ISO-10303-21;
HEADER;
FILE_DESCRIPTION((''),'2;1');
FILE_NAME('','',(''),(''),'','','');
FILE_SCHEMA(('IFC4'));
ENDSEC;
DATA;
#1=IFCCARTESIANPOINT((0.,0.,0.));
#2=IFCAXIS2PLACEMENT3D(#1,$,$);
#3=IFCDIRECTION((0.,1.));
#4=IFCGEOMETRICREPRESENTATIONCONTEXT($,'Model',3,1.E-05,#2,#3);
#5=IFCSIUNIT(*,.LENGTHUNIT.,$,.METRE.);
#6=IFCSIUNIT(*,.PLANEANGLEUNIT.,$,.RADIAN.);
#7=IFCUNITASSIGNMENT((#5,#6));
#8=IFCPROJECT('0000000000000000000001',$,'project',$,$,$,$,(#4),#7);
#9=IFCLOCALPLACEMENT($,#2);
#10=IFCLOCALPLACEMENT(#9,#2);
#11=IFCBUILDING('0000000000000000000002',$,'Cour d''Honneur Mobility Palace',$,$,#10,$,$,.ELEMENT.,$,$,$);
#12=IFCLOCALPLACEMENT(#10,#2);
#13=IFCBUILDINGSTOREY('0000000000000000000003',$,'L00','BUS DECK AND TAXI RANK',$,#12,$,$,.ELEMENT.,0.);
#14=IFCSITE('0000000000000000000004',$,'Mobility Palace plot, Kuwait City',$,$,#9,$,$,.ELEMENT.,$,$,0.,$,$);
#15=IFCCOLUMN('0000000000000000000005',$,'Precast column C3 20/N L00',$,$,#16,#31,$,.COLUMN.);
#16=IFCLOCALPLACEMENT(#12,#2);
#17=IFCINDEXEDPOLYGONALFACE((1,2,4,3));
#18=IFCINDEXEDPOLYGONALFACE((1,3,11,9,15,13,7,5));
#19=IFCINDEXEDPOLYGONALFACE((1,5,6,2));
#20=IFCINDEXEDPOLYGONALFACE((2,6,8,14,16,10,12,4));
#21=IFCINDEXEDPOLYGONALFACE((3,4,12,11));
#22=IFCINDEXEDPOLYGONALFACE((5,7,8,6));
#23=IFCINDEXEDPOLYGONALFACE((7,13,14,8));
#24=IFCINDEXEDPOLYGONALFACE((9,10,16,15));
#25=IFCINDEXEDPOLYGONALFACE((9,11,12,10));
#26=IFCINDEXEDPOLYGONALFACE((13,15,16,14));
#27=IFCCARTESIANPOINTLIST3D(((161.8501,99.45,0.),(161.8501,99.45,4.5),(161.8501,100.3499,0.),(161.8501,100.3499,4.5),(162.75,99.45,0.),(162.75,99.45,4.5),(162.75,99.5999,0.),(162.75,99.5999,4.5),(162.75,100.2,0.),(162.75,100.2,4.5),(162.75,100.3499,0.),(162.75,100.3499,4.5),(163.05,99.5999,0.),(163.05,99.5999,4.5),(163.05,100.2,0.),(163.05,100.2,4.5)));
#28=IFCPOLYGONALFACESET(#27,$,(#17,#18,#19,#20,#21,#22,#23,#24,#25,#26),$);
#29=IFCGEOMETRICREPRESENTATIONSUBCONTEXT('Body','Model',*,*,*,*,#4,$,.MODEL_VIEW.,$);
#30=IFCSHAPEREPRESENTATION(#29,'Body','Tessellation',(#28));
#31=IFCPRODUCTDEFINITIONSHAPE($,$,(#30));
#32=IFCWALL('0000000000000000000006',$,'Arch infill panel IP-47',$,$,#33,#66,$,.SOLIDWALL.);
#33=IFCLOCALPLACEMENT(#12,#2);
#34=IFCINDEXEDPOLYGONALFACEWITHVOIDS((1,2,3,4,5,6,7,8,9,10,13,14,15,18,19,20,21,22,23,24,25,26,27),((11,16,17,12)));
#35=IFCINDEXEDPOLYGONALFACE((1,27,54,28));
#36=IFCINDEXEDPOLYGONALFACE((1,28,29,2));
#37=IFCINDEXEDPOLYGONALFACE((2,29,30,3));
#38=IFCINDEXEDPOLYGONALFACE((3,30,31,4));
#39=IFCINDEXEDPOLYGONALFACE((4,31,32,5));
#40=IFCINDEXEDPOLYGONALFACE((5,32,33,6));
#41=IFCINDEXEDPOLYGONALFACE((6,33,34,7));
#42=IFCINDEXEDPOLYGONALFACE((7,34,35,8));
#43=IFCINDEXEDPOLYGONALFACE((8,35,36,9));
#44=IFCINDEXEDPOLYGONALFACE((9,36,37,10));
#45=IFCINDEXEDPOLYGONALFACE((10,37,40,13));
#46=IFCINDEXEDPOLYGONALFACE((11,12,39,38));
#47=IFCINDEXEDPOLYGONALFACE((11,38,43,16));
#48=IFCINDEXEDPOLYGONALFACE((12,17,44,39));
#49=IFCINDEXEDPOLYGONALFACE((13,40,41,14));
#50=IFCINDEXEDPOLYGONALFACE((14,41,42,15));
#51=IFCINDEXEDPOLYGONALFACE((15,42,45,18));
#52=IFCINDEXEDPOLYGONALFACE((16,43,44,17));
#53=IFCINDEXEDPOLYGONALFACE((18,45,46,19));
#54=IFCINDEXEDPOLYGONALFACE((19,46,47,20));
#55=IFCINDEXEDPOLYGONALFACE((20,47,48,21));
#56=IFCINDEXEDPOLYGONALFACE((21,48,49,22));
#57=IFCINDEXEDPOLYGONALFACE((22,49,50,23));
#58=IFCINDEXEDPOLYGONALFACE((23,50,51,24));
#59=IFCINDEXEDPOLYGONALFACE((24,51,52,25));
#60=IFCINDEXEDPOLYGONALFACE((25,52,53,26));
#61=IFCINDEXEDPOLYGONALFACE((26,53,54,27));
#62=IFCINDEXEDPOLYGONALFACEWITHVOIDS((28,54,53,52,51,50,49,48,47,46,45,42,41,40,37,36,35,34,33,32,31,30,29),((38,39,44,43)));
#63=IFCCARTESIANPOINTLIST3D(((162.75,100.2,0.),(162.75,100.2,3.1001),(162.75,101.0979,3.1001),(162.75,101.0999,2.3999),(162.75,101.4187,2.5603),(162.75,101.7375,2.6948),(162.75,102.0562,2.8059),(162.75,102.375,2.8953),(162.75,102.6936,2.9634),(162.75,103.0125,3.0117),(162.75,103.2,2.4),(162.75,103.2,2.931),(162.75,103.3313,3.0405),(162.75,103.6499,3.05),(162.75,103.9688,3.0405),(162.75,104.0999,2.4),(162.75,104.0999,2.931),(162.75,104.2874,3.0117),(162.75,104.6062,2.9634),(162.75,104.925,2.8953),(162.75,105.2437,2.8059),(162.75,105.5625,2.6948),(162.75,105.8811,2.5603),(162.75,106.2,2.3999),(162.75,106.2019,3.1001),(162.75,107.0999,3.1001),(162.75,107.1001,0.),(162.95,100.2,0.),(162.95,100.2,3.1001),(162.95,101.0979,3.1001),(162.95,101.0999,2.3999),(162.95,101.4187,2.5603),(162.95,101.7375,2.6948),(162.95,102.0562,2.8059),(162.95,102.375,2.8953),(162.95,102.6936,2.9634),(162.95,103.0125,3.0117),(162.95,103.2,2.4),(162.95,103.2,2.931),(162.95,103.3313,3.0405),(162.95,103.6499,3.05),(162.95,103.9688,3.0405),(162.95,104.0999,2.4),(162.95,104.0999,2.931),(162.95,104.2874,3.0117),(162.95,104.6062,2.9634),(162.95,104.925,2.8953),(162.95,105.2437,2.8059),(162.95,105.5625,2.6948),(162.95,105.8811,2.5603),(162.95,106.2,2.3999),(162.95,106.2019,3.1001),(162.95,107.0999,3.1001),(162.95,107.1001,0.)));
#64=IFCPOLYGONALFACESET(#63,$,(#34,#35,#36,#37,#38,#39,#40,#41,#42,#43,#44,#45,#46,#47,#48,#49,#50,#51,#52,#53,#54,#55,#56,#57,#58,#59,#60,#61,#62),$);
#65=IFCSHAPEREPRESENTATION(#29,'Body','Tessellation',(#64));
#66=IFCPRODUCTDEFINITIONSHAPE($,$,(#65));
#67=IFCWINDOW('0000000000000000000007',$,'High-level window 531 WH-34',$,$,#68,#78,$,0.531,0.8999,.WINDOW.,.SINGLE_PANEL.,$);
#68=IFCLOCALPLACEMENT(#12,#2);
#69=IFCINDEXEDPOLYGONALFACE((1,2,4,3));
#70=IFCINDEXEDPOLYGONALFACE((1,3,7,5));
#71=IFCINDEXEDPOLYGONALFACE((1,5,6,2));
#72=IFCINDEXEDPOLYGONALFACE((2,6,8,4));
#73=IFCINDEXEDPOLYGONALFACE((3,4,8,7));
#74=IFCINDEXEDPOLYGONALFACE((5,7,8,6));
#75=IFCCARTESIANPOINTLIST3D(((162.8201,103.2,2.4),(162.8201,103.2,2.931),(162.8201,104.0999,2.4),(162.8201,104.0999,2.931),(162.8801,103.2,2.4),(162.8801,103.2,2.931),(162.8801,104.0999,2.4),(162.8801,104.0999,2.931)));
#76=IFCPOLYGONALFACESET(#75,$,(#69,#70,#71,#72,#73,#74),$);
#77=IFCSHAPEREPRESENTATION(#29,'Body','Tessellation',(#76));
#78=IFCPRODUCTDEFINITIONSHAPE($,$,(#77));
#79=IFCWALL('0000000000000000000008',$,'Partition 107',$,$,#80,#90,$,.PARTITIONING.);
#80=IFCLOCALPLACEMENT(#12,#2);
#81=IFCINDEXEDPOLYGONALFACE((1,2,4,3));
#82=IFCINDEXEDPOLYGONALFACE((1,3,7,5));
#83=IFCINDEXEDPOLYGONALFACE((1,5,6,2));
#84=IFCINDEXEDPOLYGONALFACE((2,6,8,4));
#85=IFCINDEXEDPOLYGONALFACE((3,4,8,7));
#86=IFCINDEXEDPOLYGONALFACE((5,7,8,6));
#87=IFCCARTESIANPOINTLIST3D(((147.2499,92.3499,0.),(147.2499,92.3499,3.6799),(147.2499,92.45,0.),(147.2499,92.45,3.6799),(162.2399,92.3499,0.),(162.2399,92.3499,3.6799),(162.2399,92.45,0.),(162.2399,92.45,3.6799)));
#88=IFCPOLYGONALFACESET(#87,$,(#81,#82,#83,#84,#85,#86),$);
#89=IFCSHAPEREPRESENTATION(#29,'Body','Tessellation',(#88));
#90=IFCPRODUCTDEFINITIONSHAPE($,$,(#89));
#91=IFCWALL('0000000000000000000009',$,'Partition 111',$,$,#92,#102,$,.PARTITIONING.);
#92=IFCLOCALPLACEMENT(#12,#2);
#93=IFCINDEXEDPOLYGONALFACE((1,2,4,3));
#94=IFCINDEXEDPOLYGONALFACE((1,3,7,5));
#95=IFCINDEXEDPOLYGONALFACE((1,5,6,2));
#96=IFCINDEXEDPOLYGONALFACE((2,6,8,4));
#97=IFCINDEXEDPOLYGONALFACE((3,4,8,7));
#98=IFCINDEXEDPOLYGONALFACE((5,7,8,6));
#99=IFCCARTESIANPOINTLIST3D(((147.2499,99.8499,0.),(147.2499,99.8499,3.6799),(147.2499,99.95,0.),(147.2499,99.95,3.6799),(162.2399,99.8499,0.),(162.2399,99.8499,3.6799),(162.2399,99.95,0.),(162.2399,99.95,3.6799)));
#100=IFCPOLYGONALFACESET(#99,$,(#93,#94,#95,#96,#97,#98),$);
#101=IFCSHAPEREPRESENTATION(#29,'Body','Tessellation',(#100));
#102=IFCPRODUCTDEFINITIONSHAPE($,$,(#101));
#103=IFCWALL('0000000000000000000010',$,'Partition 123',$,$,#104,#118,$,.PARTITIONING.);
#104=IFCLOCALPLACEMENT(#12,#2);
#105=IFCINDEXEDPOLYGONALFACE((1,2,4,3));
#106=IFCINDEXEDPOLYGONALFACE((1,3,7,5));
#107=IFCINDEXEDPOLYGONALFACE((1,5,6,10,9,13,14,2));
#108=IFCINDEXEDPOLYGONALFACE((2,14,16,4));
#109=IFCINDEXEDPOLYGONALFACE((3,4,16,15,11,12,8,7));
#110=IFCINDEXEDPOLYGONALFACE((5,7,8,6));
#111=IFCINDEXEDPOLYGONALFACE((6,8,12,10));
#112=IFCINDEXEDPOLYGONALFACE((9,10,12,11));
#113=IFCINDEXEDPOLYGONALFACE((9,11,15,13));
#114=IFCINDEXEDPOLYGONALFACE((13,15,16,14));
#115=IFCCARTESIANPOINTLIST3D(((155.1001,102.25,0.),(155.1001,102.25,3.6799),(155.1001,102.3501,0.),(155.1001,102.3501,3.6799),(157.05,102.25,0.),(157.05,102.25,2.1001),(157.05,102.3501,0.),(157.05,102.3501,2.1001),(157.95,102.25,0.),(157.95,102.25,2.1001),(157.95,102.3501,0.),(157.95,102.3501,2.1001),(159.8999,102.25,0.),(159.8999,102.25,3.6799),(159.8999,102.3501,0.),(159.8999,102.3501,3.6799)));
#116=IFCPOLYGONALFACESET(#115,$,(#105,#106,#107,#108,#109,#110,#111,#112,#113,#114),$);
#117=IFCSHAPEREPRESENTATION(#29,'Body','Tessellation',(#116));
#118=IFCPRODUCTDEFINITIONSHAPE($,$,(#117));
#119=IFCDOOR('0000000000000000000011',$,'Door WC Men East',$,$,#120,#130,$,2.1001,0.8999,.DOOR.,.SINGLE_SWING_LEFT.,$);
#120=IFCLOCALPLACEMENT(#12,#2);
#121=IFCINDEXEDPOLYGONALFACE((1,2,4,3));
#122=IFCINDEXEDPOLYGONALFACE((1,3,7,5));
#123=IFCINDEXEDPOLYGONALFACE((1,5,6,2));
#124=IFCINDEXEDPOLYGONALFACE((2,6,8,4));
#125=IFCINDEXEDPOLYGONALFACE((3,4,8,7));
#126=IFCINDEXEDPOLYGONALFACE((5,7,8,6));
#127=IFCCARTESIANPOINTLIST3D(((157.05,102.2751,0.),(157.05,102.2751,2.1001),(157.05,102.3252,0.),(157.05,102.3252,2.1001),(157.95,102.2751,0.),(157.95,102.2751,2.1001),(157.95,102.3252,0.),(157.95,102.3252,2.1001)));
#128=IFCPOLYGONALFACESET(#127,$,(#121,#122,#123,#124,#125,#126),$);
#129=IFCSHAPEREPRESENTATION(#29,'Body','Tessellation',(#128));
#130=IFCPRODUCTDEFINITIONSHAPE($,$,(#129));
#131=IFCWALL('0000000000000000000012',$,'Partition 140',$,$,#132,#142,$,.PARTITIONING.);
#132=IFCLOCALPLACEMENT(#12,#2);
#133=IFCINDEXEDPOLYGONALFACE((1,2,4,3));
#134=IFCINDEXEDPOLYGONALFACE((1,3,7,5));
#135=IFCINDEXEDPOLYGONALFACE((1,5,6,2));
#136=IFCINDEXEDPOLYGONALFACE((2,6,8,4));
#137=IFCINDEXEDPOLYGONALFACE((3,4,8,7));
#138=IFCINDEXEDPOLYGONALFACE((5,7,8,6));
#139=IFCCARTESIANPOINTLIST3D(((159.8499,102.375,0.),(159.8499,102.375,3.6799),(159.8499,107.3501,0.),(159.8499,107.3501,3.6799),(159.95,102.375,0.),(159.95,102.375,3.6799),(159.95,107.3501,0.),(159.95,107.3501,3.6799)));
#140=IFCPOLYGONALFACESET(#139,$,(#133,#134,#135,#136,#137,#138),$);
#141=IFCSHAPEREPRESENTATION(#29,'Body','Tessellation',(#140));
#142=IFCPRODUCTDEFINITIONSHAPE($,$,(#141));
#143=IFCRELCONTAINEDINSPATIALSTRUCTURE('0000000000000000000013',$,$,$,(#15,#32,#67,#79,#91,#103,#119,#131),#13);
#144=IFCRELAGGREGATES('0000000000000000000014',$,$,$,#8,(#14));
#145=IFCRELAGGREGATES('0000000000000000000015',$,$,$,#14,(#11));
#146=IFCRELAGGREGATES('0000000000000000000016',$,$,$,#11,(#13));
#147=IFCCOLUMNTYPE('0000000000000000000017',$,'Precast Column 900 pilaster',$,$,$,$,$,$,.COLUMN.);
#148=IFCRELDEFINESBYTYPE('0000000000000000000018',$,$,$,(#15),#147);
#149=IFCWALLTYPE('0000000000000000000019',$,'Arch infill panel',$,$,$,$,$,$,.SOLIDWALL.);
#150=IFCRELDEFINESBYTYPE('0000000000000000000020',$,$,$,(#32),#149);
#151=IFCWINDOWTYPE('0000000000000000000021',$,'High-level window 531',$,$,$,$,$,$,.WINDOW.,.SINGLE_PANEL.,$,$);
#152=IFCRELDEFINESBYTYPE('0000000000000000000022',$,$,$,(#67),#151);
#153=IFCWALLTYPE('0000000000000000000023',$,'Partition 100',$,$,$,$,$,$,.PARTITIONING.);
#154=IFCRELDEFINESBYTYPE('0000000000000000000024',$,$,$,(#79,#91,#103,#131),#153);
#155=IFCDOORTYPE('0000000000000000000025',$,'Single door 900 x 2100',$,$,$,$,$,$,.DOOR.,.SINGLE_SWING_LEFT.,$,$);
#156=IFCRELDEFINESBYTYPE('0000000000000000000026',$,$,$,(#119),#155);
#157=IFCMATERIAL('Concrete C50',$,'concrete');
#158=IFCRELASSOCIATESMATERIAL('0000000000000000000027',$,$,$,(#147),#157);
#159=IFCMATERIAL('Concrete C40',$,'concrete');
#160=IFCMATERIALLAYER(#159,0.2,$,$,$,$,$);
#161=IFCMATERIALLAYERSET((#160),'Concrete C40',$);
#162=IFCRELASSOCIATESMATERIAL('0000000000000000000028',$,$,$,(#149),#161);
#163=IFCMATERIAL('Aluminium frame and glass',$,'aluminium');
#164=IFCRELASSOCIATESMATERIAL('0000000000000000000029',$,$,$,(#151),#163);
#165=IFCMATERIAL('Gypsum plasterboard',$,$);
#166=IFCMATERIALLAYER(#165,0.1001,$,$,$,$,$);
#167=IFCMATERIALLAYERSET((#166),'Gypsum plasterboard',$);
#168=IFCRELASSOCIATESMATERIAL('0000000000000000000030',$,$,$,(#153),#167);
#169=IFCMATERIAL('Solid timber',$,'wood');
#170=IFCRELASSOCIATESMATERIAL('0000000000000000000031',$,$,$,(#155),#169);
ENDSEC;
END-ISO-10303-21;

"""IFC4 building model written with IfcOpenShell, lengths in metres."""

from ifc_helpers import new_model, si_unit, direction, frame, frame_2d, origin, place, context, subcontext, project, spatial, polyline, rectangle, outline, extrude, material, layer, layer_set, material_profile, profile_set, type_object, element, fill, save


model = new_model("IFC4")

# Units and contexts
model_context = context("Model", 3, precision=1e-05, world=origin(), true_north=direction((0.0, 1.0)))
body_context = subcontext(model_context, "Body", "Model", "MODEL_VIEW")
ifc_project = project(units=[si_unit("LENGTHUNIT", "METRE"), si_unit("PLANEANGLEUNIT", "RADIAN")], contexts=[model_context])

# Site, building, storey
site_placement = place(None, origin())
site = spatial("IfcSite", under=ifc_project, at=site_placement, Name="Mobility Palace plot, Kuwait City", CompositionType="ELEMENT", RefElevation=0.0)
building_placement = place(site_placement, origin())
building = spatial("IfcBuilding", under=site, at=building_placement, Name="Cour d'Honneur Mobility Palace", CompositionType="ELEMENT")
storey_placement = place(building_placement, origin())
storey = spatial("IfcBuildingStorey", under=building, at=storey_placement, Name="L00", Description="BUS DECK AND TAXI RANK", CompositionType="ELEMENT", Elevation=0.0)

# Column
ifc_material_1 = material(Name="Concrete C50", Category="concrete")
ifc_material_profile_1 = material_profile(ifc_material_1, outline(polyline([(-0.45, -0.45), (0.45, -0.45), (0.45, -0.3), (0.75, -0.3), (0.75, 0.3), (0.45, 0.3), (0.45, 0.45), (-0.45, 0.45), (-0.45, -0.45)])), Name="PC C900 pilaster")
ifc_profile_set_1 = profile_set([ifc_material_profile_1], Name="Concrete C50")
column_type = type_object("IfcColumnType", Name="Precast Column 900 pilaster", PredefinedType="COLUMN", material=ifc_profile_set_1)
for number, where, z_axis, x_axis, name in (
    (1, (162.3, 99.8999, 0.0), (0.0, 0.0, 1.0), (1.0, 0.0, 0.0), "Precast column C3 20/N L00"),
):
    element("IfcColumn", number, at=place(storey_placement, frame(where, z_axis=z_axis, x_axis=x_axis)), inside=storey, type_object=column_type, Name=name, PredefinedType="COLUMN", context=body_context, shape_type="SweptSolid", body=[
        extrude(outline(polyline([(-0.45, -0.45), (0.45, -0.45), (0.45, -0.3), (0.75, -0.3), (0.75, 0.3), (0.45, 0.3), (0.45, 0.45), (-0.45, 0.45), (-0.45, -0.45)])), origin(), (0.0, 0.0, 1.0), 4.5),
    ])

# Shared definitions
ifc_material_2 = material(Name="Concrete C40", Category="concrete")
ifc_layer_1 = layer(ifc_material_2, 0.2)
ifc_layer_set_1 = layer_set([ifc_layer_1], Name="Concrete C40")
wall_type_1 = type_object("IfcWallType", Name="Arch infill panel", PredefinedType="SOLIDWALL", material=ifc_layer_set_1)

# Wall, opening, window
wall_1_placement = place(storey_placement, frame((162.8501, 100.2, 0.0), z_axis=(0.0, 0.0, 1.0), x_axis=(0.0, 1.0, 0.0)))
wall_1 = element("IfcWall", 2, at=wall_1_placement, inside=storey, type_object=wall_type_1, Name="Arch infill panel IP-47", PredefinedType="SOLIDWALL", context=body_context, shape_type="SweptSolid", body=[
    extrude(outline(polyline([(0.0, 0.0), (6.9001, 0.0), (6.8999, 3.1001), (6.002, 3.1001), (6.0, 2.3999), (5.6812, 2.5603), (5.3625, 2.6948), (5.0437, 2.8059), (4.7251, 2.8953), (4.4062, 2.9634), (4.0874, 3.0117), (3.7688, 3.0405), (3.45, 3.05), (3.1313, 3.0405), (2.8125, 3.0117), (2.4937, 2.9634), (2.175, 2.8953), (1.8562, 2.8059), (1.5376, 2.6948), (1.2188, 2.5603), (0.8999, 2.3999), (0.8979, 3.1001), (0.0, 3.1001), (0.0, 0.0)])), frame((0.0, 0.1001, 0.0), z_axis=(0.0, -1.0, 0.0), x_axis=(1.0, 0.0, 0.0)), (0.0, 0.0, 1.0), 0.2),
])
opening_1_placement = place(wall_1_placement, frame((3.0, 0.0, 2.3999)))
opening_1 = element("IfcOpeningElement", 3, at=opening_1_placement, cuts=wall_1, PredefinedType="OPENING", context=body_context, shape_type="SweptSolid", body=[
    extrude(rectangle(XDim=0.8999, YDim=0.531, at=frame_2d((0.45, 0.2656))), frame((0.0, 0.1099, 0.0), z_axis=(0.0, -1.0, 0.0), x_axis=(1.0, 0.0, 0.0)), (0.0, 0.0, 1.0), 0.22),
])
ifc_material_3 = material(Name="Aluminium frame and glass", Category="aluminium")
window_type = type_object("IfcWindowType", Name="High-level window 531", PartitioningType="SINGLE_PANEL", PredefinedType="WINDOW", material=ifc_material_3)
window_placement = place(opening_1_placement, origin())
window = element("IfcWindow", 4, at=window_placement, inside=storey, type_object=window_type, Name="High-level window 531 WH-34", OverallHeight=0.531, OverallWidth=0.8999, PartitioningType="SINGLE_PANEL", PredefinedType="WINDOW", context=body_context, shape_type="SweptSolid", body=[
    extrude(rectangle(XDim=0.8999, YDim=0.531, at=frame_2d((0.45, 0.2656))), frame((0.0, 0.03, 0.0), z_axis=(0.0, -1.0, 0.0), x_axis=(1.0, 0.0, 0.0)), (0.0, 0.0, 1.0), 0.0601),
])
fill(opening_1, window)

# Walls
ifc_material_4 = material(Name="Gypsum plasterboard")
ifc_layer_2 = layer(ifc_material_4, 0.1001)
ifc_layer_set_2 = layer_set([ifc_layer_2], Name="Gypsum plasterboard")
wall_type_2 = type_object("IfcWallType", Name="Partition 100", PredefinedType="PARTITIONING", material=ifc_layer_set_2)
for number, where, z_axis, x_axis, name in (
    (5, (162.24, 92.3999, 0.0), (0.0, 0.0, 1.0), (-1.0, 0.0, 0.0), "Partition 107"),
    (6, (162.24, 99.8999, 0.0), (0.0, 0.0, 1.0), (-1.0, 0.0, 0.0), "Partition 111"),
):
    element("IfcWall", number, at=place(storey_placement, frame(where, z_axis=z_axis, x_axis=x_axis)), inside=storey, type_object=wall_type_2, Name=name, PredefinedType="PARTITIONING", context=body_context, shape_type="SweptSolid", body=[
        extrude(rectangle(XDim=14.99, YDim=0.1001, at=frame_2d((7.4951, 0.0))), origin(), (0.0, 0.0, 1.0), 3.6799),
    ])

# Wall, opening, door
wall_2_placement = place(storey_placement, frame((159.8999, 102.3, 0.0), z_axis=(0.0, 0.0, 1.0), x_axis=(-1.0, 0.0, 0.0)))
wall_2 = element("IfcWall", 7, at=wall_2_placement, inside=storey, type_object=wall_type_2, Name="Partition 123", PredefinedType="PARTITIONING", context=body_context, shape_type="SweptSolid", body=[
    extrude(rectangle(XDim=4.7998, YDim=0.1001, at=frame_2d((2.3999, 0.0))), origin(), (0.0, 0.0, 1.0), 3.6799),
])
opening_2_placement = place(wall_2_placement, frame((1.95, 0.0, 0.0)))
opening_2 = element("IfcOpeningElement", 8, at=opening_2_placement, cuts=wall_2, PredefinedType="OPENING", context=body_context, shape_type="SweptSolid", body=[
    extrude(rectangle(XDim=0.8999, YDim=2.1001, at=frame_2d((0.45, 1.05))), frame((0.0, 0.0601, 0.0), z_axis=(0.0, -1.0, 0.0), x_axis=(1.0, 0.0, 0.0)), (0.0, 0.0, 1.0), 0.1201),
])
ifc_material_5 = material(Name="Solid timber", Category="wood")
door_type_1 = type_object("IfcDoorType", Name="Single door 900 x 2100", OperationType="SINGLE_SWING_LEFT", PredefinedType="DOOR", material=ifc_material_5)
door_1_placement = place(opening_2_placement, origin())
door_1 = element("IfcDoor", 9, at=door_1_placement, inside=storey, type_object=door_type_1, Name="Door WC Men East", OperationType="SINGLE_SWING_LEFT", OverallHeight=2.1001, OverallWidth=0.8999, PredefinedType="DOOR", context=body_context, shape_type="SweptSolid", body=[
    extrude(rectangle(XDim=0.8999, YDim=2.1001, at=frame_2d((0.45, 1.05))), frame((0.0, 0.0249, 0.0), z_axis=(0.0, -1.0, 0.0), x_axis=(1.0, 0.0, 0.0)), (0.0, 0.0, 1.0), 0.05),
])
fill(opening_2, door_1)

# Wall
wall_3_placement = place(storey_placement, frame((159.8999, 107.3501, 0.0), z_axis=(0.0, 0.0, 1.0), x_axis=(0.0, -1.0, 0.0)))
element("IfcWall", 10, at=wall_3_placement, inside=storey, type_object=wall_type_2, Name="Partition 140", PredefinedType="PARTITIONING", context=body_context, shape_type="SweptSolid", body=[
    extrude(rectangle(XDim=4.9751, YDim=0.1001, at=frame_2d((2.4875, 0.0))), origin(), (0.0, 0.0, 1.0), 3.6799),
])

save(model, "model.ifc")
